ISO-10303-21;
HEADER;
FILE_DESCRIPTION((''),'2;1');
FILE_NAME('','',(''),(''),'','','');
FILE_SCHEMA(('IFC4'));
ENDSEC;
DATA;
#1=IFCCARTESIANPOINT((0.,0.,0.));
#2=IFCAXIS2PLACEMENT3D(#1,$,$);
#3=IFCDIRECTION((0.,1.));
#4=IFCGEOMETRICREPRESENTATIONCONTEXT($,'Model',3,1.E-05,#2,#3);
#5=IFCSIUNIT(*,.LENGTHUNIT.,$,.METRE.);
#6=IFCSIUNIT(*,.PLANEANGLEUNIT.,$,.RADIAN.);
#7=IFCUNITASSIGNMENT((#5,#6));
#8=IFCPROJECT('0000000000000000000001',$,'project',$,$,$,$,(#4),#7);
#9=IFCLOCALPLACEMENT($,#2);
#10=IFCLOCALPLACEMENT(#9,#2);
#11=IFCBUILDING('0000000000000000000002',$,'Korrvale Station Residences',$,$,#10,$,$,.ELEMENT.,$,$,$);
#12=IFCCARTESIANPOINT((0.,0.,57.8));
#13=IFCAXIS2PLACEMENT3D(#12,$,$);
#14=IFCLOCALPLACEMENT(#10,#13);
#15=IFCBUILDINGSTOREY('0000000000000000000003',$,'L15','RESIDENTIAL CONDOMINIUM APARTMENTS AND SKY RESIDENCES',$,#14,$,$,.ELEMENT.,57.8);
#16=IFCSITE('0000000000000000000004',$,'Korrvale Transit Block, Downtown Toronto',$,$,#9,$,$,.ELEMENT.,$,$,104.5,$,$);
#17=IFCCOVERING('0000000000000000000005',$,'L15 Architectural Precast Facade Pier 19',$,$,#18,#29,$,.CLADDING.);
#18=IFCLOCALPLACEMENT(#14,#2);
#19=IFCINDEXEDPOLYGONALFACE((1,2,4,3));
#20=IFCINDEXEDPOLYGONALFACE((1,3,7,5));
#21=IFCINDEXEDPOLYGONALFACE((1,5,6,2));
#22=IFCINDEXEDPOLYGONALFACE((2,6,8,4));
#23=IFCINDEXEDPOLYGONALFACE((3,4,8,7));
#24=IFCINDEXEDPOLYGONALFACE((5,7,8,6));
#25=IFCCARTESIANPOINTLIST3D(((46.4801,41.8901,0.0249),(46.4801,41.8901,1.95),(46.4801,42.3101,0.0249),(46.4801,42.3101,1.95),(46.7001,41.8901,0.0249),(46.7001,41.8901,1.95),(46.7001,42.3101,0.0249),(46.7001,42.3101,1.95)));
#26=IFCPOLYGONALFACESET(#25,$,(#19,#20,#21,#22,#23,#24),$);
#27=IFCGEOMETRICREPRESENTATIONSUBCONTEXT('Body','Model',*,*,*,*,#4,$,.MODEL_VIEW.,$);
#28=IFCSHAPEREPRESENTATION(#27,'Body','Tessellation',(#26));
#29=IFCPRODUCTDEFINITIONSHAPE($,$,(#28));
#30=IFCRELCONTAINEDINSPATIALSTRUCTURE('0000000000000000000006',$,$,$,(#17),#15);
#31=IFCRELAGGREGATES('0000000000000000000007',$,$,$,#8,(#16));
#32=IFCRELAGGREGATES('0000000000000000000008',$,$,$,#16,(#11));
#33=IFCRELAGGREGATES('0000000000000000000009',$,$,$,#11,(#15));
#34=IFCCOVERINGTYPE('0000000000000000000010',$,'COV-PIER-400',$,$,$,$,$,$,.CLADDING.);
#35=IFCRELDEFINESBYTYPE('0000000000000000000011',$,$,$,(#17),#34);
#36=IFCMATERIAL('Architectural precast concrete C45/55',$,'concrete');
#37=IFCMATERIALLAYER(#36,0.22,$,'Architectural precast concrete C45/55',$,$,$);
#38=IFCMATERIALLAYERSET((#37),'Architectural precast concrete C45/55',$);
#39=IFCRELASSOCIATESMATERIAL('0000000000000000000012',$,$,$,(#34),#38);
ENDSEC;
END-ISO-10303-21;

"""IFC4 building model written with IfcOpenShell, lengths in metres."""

from ifc_helpers import new_model, si_unit, direction, frame, origin, origin_2d, place, context, subcontext, project, spatial, rectangle, extrude, material, layer, layer_set, type_object, element, save


model = new_model("IFC4")

# Units and contexts
model_context = context("Model", 3, precision=1e-05, world=origin(), true_north=direction((0.0, 1.0)))
body_context = subcontext(model_context, "Body", "Model", "MODEL_VIEW")
ifc_project = project(units=[si_unit("LENGTHUNIT", "METRE"), si_unit("PLANEANGLEUNIT", "RADIAN")], contexts=[model_context])

# Site, building, storey
site_placement = place(None, origin())
site = spatial("IfcSite", under=ifc_project, at=site_placement, Name="Korrvale Transit Block, Downtown Toronto", CompositionType="ELEMENT", RefElevation=104.5)
building_placement = place(site_placement, origin())
building = spatial("IfcBuilding", under=site, at=building_placement, Name="Korrvale Station Residences", CompositionType="ELEMENT")
storey_placement = place(building_placement, frame((0.0, 0.0, 57.8)))
storey = spatial("IfcBuildingStorey", under=building, at=storey_placement, Name="L15", Description="RESIDENTIAL CONDOMINIUM APARTMENTS AND SKY RESIDENCES", CompositionType="ELEMENT", Elevation=57.8)

# Covering
ifc_material_1 = material(Name="Architectural precast concrete C45/55", Category="concrete")
ifc_layer_1 = layer(ifc_material_1, 0.22, Name="Architectural precast concrete C45/55")
ifc_layer_set_1 = layer_set([ifc_layer_1], Name="Architectural precast concrete C45/55")
covering_type = type_object("IfcCoveringType", Name="COV-PIER-400", PredefinedType="CLADDING", material=ifc_layer_set_1)
covering_placement = place(storey_placement, frame((46.5901, 42.1001, 0.0249), z_axis=(0.0, 0.0, 1.0), x_axis=(0.0, 1.0, 0.0)))
element("IfcCovering", 1, at=covering_placement, inside=storey, type_object=covering_type, Name="L15 Architectural Precast Facade Pier 19", PredefinedType="CLADDING", context=body_context, shape_type="SweptSolid", body=[
    extrude(rectangle(XDim=0.4199, YDim=0.22, at=origin_2d()), origin(), (0.0, 0.0, 1.0), 1.925),
])

save(model, "model.ifc")
